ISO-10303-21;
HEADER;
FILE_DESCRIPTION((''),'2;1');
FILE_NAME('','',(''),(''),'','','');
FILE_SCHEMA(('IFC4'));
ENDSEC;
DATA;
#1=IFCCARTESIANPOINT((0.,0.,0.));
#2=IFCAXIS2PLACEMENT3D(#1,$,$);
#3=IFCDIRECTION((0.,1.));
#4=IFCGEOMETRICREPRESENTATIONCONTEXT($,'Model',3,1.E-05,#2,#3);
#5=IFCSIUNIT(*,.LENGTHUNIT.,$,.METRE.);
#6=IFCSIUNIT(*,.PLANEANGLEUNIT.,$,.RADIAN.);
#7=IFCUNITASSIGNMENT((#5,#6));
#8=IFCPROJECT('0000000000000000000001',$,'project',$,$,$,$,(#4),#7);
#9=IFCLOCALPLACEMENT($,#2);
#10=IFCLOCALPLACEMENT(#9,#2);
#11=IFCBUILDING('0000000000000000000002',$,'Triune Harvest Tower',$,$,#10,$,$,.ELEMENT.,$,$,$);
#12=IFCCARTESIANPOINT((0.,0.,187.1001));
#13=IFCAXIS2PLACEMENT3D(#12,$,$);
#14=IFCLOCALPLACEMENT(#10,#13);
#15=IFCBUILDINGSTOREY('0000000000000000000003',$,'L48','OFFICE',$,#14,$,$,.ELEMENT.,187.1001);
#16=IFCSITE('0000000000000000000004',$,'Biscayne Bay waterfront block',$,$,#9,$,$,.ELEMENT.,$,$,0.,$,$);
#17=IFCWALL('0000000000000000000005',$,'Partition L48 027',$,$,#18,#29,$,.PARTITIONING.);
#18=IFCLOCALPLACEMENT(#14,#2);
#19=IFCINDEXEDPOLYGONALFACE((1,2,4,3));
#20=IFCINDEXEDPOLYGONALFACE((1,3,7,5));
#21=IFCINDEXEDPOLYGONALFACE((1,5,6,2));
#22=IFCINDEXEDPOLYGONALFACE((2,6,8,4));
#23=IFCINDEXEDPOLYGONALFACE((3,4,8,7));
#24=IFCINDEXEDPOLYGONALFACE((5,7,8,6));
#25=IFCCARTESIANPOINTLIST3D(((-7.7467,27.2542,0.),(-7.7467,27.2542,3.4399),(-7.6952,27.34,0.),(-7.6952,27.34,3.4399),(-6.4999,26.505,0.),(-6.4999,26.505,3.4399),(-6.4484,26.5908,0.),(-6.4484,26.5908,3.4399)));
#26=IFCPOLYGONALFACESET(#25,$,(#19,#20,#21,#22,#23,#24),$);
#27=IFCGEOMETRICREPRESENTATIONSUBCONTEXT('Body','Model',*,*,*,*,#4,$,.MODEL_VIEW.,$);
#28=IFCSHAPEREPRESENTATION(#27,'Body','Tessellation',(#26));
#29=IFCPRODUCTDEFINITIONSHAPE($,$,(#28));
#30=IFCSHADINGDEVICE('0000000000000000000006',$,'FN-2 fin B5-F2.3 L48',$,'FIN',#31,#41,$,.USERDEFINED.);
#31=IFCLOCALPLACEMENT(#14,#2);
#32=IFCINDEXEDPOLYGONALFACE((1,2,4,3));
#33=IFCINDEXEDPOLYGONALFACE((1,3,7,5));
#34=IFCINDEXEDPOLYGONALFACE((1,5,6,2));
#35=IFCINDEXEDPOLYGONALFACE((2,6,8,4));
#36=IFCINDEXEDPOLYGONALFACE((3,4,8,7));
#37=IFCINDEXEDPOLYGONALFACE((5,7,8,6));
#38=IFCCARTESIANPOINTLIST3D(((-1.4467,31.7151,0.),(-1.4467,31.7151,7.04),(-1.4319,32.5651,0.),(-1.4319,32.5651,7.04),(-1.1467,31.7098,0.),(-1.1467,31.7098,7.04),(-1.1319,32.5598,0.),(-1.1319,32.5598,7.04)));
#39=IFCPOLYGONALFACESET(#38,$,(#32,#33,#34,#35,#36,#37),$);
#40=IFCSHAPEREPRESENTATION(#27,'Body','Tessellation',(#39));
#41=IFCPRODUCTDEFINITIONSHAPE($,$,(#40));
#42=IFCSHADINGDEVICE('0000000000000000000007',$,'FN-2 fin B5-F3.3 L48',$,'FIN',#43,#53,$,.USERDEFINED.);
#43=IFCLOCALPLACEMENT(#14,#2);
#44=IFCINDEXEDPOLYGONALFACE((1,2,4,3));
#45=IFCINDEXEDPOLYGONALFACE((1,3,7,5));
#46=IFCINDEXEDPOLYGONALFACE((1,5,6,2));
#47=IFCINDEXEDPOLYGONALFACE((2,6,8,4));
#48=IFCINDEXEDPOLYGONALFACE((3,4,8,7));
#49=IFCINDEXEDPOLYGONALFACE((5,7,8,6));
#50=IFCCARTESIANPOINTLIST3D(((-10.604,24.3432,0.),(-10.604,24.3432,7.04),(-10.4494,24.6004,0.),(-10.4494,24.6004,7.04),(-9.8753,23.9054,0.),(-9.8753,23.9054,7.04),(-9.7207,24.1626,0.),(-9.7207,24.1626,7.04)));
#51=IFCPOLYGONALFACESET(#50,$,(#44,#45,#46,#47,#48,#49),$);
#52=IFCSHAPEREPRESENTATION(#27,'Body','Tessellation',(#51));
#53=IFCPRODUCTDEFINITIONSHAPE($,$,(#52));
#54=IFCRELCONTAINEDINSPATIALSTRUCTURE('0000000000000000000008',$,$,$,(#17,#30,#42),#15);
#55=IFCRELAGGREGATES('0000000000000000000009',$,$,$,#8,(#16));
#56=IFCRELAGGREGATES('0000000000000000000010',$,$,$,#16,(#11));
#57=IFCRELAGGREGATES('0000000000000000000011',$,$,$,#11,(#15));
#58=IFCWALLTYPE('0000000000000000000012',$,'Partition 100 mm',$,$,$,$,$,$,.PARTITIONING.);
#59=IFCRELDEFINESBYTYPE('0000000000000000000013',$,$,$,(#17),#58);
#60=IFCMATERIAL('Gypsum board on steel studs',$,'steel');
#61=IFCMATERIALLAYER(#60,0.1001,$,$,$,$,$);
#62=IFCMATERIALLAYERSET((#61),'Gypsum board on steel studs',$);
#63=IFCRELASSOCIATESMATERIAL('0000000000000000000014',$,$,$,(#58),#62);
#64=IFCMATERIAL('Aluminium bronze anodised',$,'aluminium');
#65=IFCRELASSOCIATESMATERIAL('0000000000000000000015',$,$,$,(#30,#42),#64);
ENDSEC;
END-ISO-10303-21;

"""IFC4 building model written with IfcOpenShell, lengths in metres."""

from ifc_helpers import new_model, si_unit, direction, frame, frame_2d, origin, origin_2d, place, context, subcontext, project, spatial, rectangle, extrude, source, transform, mapped, material, layer, layer_set, type_object, element, save


model = new_model("IFC4")

# Units and contexts
model_context = context("Model", 3, precision=1e-05, world=origin(), true_north=direction((0.0, 1.0)))
body_context = subcontext(model_context, "Body", "Model", "MODEL_VIEW")
ifc_project = project(units=[si_unit("LENGTHUNIT", "METRE"), si_unit("PLANEANGLEUNIT", "RADIAN")], contexts=[model_context])

# Site, building, storey
site_placement = place(None, origin())
site = spatial("IfcSite", under=ifc_project, at=site_placement, Name="Biscayne Bay waterfront block", CompositionType="ELEMENT", RefElevation=0.0)
building_placement = place(site_placement, origin())
building = spatial("IfcBuilding", under=site, at=building_placement, Name="Triune Harvest Tower", CompositionType="ELEMENT")
storey_placement = place(building_placement, frame((0.0, 0.0, 187.1001)))
storey = spatial("IfcBuildingStorey", under=building, at=storey_placement, Name="L48", Description="OFFICE", CompositionType="ELEMENT", Elevation=187.1001)

# Wall
ifc_material_1 = material(Name="Gypsum board on steel studs", Category="steel")
ifc_layer_1 = layer(ifc_material_1, 0.1001)
ifc_layer_set_1 = layer_set([ifc_layer_1], Name="Gypsum board on steel studs")
wall_type = type_object("IfcWallType", Name="Partition 100 mm", PredefinedType="PARTITIONING", material=ifc_layer_set_1)
shared_shape_1 = source(origin(), body_context, "Body", "SweptSolid", [
    extrude(rectangle(XDim=1.4546, YDim=0.1001, at=frame_2d((0.7273, 0.0))), origin(), (0.0, 0.0, 1.0), 3.4399),
])
wall_1_placement = place(storey_placement, frame((-7.7209, 27.2971, 0.0), z_axis=(0.0, 0.0, 1.0), x_axis=(0.857137, -0.515088, 0.0)))
element("IfcWall", 1, at=wall_1_placement, inside=storey, type_object=wall_type, Name="Partition L48 027", PredefinedType="PARTITIONING", context=body_context, shape_type="MappedRepresentation", body=[
    mapped(shared_shape_1, transform((0.0, 0.0, 0.0), scale=1.0)),
])

# Shading devices
ifc_material_2 = material(Name="Aluminium bronze anodised", Category="aluminium")
shared_shape_2 = source(origin(), body_context, "Body", "SweptSolid", [
    extrude(rectangle(XDim=0.3, YDim=0.8501, at=origin_2d()), origin(), (0.0, 0.0, 1.0), 7.04),
])
for number, where, z_axis, x_axis, name in (
    (2, (-1.2893, 32.1375, 0.0), (0.0, 0.0, 1.0), (-0.999848, 0.017446, 0.0), "FN-2 fin B5-F2.3 L48"),
    (3, (-10.1624, 24.2529, 0.0), (0.0, 0.0, 1.0), (-0.515037, -0.857168, 0.0), "FN-2 fin B5-F3.3 L48"),
):
    element("IfcShadingDevice", number, at=place(storey_placement, frame(where, z_axis=z_axis, x_axis=x_axis)), inside=storey, material=ifc_material_2, Name=name, ObjectType="FIN", PredefinedType="USERDEFINED", context=body_context, shape_type="MappedRepresentation", body=[
        mapped(shared_shape_2, transform((0.0, 0.0, 0.0), scale=1.0)),
    ])

save(model, "model.ifc")
